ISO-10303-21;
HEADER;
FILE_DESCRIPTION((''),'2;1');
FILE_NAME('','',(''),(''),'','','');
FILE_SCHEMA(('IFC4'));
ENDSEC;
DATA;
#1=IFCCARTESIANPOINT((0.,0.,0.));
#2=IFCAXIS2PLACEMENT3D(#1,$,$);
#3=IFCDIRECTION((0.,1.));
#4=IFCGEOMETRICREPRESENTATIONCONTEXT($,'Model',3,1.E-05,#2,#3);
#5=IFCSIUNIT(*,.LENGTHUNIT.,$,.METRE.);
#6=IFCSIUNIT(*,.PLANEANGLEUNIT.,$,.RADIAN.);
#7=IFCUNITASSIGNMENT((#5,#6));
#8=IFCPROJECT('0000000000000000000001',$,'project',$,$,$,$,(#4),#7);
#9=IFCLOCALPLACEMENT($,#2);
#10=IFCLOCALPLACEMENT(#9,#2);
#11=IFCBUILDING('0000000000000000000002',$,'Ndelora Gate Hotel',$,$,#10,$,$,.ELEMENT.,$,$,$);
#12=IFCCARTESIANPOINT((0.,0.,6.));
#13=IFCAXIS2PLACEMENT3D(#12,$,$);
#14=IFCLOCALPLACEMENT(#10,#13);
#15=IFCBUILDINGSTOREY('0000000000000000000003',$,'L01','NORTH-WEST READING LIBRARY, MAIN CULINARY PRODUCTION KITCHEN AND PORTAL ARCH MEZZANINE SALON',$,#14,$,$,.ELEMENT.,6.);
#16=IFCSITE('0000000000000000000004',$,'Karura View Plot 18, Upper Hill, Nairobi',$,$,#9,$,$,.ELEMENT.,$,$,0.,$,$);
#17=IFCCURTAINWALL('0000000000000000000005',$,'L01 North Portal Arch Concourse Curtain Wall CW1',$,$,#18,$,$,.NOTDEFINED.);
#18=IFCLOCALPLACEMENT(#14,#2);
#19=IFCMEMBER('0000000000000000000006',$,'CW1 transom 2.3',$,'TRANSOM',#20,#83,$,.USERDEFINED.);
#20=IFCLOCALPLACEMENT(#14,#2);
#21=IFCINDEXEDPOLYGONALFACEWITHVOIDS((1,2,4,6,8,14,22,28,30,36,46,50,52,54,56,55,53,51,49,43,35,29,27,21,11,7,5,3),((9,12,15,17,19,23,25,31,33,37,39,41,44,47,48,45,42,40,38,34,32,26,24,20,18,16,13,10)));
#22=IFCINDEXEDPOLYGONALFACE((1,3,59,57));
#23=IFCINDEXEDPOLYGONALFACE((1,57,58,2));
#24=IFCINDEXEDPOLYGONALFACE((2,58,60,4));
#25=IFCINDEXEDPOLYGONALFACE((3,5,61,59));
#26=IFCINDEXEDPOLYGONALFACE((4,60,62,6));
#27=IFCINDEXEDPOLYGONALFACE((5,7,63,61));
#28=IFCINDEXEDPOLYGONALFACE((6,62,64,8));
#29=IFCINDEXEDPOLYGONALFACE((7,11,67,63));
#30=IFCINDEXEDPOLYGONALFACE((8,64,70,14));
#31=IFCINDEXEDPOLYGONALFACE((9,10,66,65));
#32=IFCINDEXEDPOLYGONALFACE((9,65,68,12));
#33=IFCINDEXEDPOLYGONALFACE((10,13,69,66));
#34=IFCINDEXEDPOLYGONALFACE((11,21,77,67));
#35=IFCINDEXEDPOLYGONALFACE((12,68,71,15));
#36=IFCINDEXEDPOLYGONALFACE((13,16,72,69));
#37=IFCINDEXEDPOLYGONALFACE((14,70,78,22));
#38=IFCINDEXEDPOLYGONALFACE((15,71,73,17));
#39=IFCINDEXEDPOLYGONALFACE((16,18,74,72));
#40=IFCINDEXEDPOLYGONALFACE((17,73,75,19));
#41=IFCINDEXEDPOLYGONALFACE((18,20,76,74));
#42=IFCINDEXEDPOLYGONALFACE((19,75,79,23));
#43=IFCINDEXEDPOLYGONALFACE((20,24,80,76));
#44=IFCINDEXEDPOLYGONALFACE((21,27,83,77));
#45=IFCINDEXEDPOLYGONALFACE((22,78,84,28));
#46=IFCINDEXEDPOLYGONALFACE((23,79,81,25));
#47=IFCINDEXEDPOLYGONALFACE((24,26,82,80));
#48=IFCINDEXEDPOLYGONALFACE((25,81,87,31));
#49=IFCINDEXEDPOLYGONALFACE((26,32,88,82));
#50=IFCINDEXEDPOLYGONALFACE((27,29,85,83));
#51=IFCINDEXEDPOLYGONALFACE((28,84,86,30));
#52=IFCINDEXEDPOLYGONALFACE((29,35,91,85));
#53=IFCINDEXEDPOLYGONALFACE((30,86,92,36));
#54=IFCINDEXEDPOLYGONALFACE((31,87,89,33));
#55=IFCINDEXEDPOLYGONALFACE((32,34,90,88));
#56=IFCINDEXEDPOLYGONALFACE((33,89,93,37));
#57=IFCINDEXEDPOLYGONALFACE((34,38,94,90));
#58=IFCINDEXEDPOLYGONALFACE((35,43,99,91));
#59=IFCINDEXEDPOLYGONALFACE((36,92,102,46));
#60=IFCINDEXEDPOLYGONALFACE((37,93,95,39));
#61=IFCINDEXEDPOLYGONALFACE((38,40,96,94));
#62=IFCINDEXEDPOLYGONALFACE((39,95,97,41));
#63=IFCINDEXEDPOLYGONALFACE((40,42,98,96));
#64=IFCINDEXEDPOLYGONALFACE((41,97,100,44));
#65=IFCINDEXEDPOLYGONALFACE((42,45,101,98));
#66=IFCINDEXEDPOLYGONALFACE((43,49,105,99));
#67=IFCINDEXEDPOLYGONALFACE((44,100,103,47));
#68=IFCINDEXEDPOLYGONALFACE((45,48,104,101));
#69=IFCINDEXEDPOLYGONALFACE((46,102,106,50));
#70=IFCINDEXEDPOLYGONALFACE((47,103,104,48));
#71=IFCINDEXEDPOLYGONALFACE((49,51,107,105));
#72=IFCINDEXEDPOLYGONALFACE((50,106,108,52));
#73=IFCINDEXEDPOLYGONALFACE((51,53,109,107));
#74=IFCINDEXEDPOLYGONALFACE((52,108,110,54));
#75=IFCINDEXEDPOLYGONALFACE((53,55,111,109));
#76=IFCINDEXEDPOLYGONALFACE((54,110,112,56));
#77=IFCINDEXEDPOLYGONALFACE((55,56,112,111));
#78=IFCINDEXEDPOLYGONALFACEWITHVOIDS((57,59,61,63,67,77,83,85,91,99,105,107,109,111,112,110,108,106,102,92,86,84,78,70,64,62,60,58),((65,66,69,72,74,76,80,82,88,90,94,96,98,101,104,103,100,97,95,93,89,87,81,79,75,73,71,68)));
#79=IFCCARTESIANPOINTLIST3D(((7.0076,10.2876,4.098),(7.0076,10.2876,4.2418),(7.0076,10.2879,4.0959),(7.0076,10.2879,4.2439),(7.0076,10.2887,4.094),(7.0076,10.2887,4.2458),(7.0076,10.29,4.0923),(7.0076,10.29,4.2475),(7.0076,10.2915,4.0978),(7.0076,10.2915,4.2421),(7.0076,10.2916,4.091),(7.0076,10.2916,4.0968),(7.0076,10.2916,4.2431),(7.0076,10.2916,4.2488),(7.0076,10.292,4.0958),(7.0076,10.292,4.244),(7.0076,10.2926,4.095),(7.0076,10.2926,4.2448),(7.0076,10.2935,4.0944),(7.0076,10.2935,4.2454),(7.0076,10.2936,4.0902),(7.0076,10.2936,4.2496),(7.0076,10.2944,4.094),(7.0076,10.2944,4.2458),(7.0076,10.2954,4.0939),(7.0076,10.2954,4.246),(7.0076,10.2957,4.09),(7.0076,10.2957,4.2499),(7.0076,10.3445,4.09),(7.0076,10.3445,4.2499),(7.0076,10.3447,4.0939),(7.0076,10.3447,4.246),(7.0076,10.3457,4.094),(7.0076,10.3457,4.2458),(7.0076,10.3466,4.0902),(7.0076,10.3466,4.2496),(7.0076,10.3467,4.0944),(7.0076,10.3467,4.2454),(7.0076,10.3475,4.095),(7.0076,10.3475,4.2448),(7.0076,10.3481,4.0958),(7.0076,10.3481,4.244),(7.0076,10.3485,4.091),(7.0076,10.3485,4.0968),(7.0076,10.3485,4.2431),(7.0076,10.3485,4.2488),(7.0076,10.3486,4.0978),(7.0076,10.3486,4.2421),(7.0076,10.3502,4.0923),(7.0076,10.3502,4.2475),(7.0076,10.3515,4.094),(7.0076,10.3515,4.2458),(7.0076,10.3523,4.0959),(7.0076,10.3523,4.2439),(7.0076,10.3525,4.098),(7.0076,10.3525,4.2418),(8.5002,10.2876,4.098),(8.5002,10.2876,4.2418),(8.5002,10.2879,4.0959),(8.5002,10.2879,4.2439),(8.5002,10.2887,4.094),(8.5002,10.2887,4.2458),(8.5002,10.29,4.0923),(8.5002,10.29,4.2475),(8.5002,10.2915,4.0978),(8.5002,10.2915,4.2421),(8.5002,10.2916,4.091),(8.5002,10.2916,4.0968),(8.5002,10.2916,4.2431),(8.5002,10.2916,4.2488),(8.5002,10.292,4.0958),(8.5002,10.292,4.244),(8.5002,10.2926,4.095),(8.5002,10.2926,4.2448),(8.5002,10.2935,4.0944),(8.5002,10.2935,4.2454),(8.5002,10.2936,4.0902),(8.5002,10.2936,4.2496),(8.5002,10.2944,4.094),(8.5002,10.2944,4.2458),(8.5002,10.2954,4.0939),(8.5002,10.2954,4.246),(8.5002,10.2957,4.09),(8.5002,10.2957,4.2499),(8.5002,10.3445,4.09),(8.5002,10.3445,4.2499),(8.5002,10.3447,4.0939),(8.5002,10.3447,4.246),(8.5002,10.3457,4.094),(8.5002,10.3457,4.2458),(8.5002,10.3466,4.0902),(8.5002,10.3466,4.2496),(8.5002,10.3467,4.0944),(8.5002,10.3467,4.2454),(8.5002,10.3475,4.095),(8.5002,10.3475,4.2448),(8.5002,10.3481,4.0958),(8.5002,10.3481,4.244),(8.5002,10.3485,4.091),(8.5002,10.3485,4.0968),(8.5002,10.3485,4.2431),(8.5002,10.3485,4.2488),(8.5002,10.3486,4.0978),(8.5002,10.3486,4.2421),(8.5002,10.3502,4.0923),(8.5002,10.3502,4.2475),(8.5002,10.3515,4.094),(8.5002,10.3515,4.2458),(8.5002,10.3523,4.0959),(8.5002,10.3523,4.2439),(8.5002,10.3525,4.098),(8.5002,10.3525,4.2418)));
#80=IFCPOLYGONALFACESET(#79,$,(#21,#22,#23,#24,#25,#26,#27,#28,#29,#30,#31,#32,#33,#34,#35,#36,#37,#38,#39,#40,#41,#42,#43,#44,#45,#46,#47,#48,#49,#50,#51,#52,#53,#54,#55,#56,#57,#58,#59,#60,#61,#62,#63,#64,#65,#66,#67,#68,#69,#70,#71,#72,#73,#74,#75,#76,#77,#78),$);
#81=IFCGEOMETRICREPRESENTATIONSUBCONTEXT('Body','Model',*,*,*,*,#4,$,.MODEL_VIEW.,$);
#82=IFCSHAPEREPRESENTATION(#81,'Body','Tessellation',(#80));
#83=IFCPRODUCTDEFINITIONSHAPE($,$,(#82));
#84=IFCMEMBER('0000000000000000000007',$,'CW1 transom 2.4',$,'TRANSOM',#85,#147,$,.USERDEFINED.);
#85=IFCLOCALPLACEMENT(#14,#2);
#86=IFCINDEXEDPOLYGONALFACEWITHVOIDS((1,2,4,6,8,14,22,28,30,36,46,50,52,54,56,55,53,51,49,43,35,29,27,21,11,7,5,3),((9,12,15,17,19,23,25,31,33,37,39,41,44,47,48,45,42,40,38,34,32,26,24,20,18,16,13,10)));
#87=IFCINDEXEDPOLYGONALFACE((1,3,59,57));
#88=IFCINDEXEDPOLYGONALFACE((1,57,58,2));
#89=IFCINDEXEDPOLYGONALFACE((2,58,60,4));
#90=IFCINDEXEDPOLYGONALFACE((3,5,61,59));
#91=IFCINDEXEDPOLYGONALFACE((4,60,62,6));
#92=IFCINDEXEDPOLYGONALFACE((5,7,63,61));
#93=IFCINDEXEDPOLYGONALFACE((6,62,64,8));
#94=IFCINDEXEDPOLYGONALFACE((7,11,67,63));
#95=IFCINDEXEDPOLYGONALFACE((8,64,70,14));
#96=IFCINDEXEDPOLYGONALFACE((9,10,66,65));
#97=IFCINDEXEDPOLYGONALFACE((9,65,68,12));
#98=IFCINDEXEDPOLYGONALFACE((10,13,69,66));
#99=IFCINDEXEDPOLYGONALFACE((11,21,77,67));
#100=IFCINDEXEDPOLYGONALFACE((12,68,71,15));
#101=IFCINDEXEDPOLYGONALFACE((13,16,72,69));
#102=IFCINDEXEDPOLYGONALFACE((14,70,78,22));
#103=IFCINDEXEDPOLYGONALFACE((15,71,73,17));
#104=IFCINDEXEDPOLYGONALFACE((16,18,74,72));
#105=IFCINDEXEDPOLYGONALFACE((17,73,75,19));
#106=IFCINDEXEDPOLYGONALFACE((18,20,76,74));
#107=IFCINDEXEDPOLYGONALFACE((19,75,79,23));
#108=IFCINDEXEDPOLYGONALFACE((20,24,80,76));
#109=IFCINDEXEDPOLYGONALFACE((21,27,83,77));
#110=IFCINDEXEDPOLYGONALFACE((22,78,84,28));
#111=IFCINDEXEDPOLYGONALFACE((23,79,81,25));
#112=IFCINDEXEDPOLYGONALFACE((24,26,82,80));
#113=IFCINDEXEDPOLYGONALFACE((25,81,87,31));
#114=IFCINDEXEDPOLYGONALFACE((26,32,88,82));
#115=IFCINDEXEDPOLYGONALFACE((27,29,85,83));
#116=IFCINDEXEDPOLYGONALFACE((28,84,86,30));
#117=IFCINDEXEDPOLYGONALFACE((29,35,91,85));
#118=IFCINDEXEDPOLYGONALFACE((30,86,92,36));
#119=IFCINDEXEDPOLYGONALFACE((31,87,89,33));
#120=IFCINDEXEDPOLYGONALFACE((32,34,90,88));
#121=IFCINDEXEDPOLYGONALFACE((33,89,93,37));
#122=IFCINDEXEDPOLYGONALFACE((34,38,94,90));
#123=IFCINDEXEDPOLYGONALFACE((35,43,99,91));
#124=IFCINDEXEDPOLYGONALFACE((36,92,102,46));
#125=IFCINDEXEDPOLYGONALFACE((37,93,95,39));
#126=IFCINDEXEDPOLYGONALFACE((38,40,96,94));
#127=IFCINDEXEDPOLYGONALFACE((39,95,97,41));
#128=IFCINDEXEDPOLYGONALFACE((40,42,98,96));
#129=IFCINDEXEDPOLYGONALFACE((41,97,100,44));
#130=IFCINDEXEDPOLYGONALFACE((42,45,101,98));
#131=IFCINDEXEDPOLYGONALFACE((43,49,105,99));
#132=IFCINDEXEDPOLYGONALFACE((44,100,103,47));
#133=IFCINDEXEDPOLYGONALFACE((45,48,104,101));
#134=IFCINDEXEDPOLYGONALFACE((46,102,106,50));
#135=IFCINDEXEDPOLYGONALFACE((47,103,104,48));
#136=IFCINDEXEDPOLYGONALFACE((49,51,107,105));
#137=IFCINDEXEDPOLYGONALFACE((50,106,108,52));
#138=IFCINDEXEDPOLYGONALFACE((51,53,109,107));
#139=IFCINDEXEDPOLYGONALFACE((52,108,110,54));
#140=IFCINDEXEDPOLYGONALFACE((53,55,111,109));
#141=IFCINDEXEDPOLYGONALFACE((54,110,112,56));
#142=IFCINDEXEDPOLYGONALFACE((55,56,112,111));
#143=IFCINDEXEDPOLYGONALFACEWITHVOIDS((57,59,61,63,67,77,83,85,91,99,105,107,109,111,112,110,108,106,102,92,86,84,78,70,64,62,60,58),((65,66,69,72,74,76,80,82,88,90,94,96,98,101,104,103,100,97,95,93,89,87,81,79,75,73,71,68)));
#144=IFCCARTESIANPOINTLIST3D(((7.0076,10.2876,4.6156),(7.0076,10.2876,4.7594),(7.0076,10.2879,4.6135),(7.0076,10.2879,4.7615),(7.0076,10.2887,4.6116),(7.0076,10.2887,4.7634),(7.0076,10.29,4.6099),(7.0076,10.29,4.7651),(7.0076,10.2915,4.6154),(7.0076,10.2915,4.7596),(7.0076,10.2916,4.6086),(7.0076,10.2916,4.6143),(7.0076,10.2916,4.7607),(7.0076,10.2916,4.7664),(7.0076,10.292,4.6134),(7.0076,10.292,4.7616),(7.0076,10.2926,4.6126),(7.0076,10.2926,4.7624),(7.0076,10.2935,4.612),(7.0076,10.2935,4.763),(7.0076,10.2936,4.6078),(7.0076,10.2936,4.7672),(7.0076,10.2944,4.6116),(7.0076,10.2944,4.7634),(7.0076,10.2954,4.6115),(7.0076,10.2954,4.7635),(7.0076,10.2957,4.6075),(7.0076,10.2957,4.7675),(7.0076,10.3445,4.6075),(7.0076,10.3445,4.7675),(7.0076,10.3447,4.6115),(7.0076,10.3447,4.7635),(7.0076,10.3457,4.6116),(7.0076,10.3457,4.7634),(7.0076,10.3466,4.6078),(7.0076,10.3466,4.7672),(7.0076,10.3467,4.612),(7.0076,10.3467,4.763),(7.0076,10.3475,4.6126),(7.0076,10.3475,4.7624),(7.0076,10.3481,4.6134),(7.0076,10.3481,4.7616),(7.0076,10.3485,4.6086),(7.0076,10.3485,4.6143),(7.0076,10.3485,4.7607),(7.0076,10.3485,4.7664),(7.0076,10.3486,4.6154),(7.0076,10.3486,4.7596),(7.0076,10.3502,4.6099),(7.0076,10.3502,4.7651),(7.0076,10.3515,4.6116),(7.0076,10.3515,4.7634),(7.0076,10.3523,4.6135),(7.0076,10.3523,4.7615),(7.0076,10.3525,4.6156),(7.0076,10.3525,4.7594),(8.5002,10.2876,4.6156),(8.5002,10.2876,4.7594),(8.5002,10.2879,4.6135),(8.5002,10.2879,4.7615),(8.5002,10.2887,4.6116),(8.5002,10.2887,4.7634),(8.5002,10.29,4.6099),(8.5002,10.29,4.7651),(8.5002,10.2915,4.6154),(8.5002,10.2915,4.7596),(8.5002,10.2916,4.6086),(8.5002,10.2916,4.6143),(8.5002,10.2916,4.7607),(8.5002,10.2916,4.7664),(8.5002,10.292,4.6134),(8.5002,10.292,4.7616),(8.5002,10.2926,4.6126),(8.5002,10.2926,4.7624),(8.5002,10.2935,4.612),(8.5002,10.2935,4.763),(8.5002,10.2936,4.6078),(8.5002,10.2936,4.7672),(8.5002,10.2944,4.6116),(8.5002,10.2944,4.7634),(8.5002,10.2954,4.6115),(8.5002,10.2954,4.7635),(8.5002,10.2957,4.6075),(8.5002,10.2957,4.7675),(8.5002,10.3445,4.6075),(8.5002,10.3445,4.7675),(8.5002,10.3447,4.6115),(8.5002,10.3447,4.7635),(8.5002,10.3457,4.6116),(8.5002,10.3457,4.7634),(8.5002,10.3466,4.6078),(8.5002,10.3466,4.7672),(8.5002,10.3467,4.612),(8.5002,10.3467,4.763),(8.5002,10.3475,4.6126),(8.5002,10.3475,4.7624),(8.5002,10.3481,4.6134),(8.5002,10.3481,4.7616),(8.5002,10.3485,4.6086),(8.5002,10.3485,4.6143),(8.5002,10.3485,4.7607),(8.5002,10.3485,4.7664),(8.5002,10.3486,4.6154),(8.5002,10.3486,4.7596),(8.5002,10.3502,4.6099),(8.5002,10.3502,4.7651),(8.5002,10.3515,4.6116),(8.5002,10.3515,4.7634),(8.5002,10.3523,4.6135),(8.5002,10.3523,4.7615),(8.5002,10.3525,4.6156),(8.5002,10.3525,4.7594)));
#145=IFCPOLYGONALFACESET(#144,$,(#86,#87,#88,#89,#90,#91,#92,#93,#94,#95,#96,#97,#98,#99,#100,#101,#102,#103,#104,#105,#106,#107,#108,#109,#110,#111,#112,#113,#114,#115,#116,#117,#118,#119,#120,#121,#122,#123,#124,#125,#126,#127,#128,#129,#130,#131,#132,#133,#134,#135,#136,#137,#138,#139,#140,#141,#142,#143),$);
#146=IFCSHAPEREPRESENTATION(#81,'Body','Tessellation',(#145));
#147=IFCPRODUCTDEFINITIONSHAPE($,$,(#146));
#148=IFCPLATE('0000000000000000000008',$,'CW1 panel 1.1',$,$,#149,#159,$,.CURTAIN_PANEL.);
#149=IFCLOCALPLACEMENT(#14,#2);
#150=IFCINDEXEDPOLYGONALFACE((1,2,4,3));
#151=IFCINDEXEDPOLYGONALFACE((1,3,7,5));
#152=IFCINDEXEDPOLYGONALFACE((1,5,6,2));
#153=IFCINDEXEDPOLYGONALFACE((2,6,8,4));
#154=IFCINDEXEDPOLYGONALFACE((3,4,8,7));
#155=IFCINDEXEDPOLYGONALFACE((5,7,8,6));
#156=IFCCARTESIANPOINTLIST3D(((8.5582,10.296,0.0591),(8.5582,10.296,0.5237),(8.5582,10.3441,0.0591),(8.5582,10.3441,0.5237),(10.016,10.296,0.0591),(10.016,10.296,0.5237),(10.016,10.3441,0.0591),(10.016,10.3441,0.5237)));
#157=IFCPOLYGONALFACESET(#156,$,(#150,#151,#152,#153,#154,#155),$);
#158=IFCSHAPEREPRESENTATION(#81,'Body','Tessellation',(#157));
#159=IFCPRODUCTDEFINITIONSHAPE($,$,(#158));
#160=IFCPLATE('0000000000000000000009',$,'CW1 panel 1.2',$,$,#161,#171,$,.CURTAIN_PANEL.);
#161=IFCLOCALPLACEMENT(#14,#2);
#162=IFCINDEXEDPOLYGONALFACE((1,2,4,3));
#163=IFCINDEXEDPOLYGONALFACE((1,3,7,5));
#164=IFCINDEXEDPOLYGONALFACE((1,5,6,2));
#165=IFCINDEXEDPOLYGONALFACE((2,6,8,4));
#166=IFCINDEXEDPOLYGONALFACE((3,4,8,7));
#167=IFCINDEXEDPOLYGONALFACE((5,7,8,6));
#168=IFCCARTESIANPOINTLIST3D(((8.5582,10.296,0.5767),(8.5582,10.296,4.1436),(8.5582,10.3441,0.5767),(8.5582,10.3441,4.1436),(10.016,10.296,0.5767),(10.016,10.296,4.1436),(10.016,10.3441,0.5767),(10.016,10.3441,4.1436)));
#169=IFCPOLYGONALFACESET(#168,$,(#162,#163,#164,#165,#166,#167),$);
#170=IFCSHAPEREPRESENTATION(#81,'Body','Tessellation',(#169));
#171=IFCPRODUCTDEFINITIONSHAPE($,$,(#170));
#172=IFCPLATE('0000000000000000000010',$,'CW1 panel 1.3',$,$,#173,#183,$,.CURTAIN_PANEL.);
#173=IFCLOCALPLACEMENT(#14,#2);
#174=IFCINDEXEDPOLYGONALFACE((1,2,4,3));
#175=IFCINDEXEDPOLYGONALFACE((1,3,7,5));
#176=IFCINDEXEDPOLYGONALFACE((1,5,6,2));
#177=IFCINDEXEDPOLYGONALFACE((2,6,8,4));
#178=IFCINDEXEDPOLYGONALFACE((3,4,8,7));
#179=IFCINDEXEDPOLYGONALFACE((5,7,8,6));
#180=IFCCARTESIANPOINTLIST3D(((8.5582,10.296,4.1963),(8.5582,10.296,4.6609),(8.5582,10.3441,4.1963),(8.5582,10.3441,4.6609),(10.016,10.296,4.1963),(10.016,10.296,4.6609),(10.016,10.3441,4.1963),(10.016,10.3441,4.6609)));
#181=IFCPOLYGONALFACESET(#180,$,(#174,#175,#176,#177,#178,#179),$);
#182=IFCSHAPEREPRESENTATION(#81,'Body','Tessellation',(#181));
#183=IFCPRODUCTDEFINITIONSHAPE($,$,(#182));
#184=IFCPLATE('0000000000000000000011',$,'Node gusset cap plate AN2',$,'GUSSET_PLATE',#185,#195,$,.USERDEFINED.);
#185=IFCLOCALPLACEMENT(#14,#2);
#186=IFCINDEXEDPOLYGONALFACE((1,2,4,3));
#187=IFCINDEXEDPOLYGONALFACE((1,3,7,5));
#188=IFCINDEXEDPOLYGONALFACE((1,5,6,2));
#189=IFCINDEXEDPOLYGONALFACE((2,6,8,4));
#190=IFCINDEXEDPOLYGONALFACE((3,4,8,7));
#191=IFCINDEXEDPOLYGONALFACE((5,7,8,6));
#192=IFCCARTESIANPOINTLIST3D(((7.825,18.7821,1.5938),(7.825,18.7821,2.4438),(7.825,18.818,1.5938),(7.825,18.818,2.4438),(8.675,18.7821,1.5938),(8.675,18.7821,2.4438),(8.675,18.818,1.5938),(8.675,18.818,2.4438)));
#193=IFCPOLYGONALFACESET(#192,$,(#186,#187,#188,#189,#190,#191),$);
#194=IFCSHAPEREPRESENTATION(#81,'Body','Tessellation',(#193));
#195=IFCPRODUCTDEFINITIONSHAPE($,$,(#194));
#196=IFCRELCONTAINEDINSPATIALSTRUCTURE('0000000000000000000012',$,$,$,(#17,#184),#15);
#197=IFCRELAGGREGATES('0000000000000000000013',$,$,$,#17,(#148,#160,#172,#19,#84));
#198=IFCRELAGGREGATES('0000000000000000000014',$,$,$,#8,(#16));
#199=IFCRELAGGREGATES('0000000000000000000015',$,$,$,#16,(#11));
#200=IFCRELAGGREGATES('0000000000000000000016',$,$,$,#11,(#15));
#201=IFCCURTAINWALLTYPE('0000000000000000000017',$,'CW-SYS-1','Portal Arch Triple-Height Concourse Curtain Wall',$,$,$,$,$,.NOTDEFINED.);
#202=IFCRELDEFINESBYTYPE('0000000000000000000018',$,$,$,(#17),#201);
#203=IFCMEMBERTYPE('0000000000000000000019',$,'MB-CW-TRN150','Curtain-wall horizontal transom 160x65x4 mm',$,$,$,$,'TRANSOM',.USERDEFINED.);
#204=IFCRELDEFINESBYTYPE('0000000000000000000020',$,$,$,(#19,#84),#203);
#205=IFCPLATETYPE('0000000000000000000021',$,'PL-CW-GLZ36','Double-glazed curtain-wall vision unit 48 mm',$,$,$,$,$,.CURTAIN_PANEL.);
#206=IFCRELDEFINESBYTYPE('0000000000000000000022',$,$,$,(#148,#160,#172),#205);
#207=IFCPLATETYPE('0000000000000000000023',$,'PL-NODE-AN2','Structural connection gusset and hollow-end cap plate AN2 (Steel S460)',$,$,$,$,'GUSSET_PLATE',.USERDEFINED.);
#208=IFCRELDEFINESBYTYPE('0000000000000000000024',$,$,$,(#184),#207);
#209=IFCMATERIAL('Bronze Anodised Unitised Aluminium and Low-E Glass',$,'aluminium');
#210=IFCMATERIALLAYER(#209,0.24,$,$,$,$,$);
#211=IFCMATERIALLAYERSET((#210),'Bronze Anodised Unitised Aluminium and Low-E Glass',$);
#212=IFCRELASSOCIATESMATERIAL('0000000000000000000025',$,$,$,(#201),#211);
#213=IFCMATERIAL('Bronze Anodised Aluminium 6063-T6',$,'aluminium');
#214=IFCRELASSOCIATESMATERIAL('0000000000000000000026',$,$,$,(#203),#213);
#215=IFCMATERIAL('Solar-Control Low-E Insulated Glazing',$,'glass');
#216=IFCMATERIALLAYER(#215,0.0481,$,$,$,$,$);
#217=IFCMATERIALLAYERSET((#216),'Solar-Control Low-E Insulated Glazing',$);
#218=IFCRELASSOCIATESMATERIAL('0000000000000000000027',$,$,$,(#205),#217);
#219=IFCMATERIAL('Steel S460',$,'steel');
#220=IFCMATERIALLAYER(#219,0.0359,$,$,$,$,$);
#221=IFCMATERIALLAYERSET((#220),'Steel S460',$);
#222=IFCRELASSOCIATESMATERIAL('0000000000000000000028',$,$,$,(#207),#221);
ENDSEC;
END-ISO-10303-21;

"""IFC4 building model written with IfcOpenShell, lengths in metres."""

from ifc_helpers import new_model, si_unit, direction, frame, origin, origin_2d, place, context, subcontext, project, spatial, rectangle, hollow_rectangle, extrude, material, layer, layer_set, material_profile, profile_set, type_object, element, aggregate, save


model = new_model("IFC4")

# Units and contexts
model_context = context("Model", 3, precision=1e-05, world=origin(), true_north=direction((0.0, 1.0)))
body_context = subcontext(model_context, "Body", "Model", "MODEL_VIEW")
ifc_project = project(units=[si_unit("LENGTHUNIT", "METRE"), si_unit("PLANEANGLEUNIT", "RADIAN")], contexts=[model_context])

# Site, building, storey
site_placement = place(None, origin())
site = spatial("IfcSite", under=ifc_project, at=site_placement, Name="Karura View Plot 18, Upper Hill, Nairobi", CompositionType="ELEMENT", RefElevation=0.0)
building_placement = place(site_placement, origin())
building = spatial("IfcBuilding", under=site, at=building_placement, Name="Ndelora Gate Hotel", CompositionType="ELEMENT")
storey_placement = place(building_placement, frame((0.0, 0.0, 6.0)))
storey = spatial("IfcBuildingStorey", under=building, at=storey_placement, Name="L01", Description="NORTH-WEST READING LIBRARY, MAIN CULINARY PRODUCTION KITCHEN AND PORTAL ARCH MEZZANINE SALON", CompositionType="ELEMENT", Elevation=6.0)

# Curtain wall, members, plates
ifc_material_1 = material(Name="Bronze Anodised Unitised Aluminium and Low-E Glass", Category="aluminium")
ifc_layer_1 = layer(ifc_material_1, 0.24)
ifc_layer_set_1 = layer_set([ifc_layer_1], Name="Bronze Anodised Unitised Aluminium and Low-E Glass")
curtain_wall_type = type_object("IfcCurtainWallType", Name="CW-SYS-1", Description="Portal Arch Triple-Height Concourse Curtain Wall", PredefinedType="NOTDEFINED", material=ifc_layer_set_1)
curtain_wall_placement = place(storey_placement, origin())
curtain_wall = element("IfcCurtainWall", 1, at=curtain_wall_placement, inside=storey, type_object=curtain_wall_type, Name="L01 North Portal Arch Concourse Curtain Wall CW1", PredefinedType="NOTDEFINED")
ifc_material_2 = material(Name="Bronze Anodised Aluminium 6063-T6", Category="aluminium")
ifc_material_profile_1 = material_profile(ifc_material_2, hollow_rectangle(XDim=0.0649, YDim=0.1599, WallThickness=0.0039, InnerFilletRadius=0.0039, OuterFilletRadius=0.0081, at=origin_2d()), Name="ALU 160x65x4")
ifc_profile_set_1 = profile_set([ifc_material_profile_1], Name="Bronze Anodised Aluminium 6063-T6")
member_type_1 = type_object("IfcMemberType", Name="MB-CW-TRN150", Description="Curtain-wall horizontal transom 160x65x4 mm", ElementType="TRANSOM", PredefinedType="USERDEFINED", material=ifc_profile_set_1)
member_1_placement = place(storey_placement, frame((8.5002, 10.3201, 4.1699), z_axis=(-1.0, 0.0, 0.0), x_axis=(0.0, -1.0, 0.0)))
member_1 = element("IfcMember", 2, at=member_1_placement, type_object=member_type_1, Name="CW1 transom 2.3", ObjectType="TRANSOM", PredefinedType="USERDEFINED", context=body_context, shape_type="SweptSolid", body=[
    extrude(hollow_rectangle(XDim=0.0649, YDim=0.1599, WallThickness=0.0039, InnerFilletRadius=0.0039, OuterFilletRadius=0.0081, at=origin_2d()), origin(), (0.0, 0.0, 1.0), 1.4927),
])
member_2_placement = place(storey_placement, frame((8.5002, 10.3201, 4.6875), z_axis=(-1.0, 0.0, 0.0), x_axis=(0.0, -1.0, 0.0)))
member_2 = element("IfcMember", 3, at=member_2_placement, type_object=member_type_1, Name="CW1 transom 2.4", ObjectType="TRANSOM", PredefinedType="USERDEFINED", context=body_context, shape_type="SweptSolid", body=[
    extrude(hollow_rectangle(XDim=0.0649, YDim=0.1599, WallThickness=0.0039, InnerFilletRadius=0.0039, OuterFilletRadius=0.0081, at=origin_2d()), origin(), (0.0, 0.0, 1.0), 1.4927),
])
ifc_material_3 = material(Name="Solar-Control Low-E Insulated Glazing", Category="glass")
ifc_layer_2 = layer(ifc_material_3, 0.0481)
ifc_layer_set_2 = layer_set([ifc_layer_2], Name="Solar-Control Low-E Insulated Glazing")
plate_type_1 = type_object("IfcPlateType", Name="PL-CW-GLZ36", Description="Double-glazed curtain-wall vision unit 48 mm", PredefinedType="CURTAIN_PANEL", material=ifc_layer_set_2)
plate_1_placement = place(storey_placement, frame((9.2871, 10.3201, 0.0591), z_axis=(0.0, 0.0, 1.0), x_axis=(-1.0, 0.0, 0.0)))
plate_1 = element("IfcPlate", 4, at=plate_1_placement, type_object=plate_type_1, Name="CW1 panel 1.1", PredefinedType="CURTAIN_PANEL", context=body_context, shape_type="SweptSolid", body=[
    extrude(rectangle(XDim=1.4578, YDim=0.0481, at=origin_2d()), origin(), (0.0, 0.0, 1.0), 0.4646),
])
plate_2_placement = place(storey_placement, frame((9.2871, 10.3201, 0.5767), z_axis=(0.0, 0.0, 1.0), x_axis=(-1.0, 0.0, 0.0)))
plate_2 = element("IfcPlate", 5, at=plate_2_placement, type_object=plate_type_1, Name="CW1 panel 1.2", PredefinedType="CURTAIN_PANEL", context=body_context, shape_type="SweptSolid", body=[
    extrude(rectangle(XDim=1.4578, YDim=0.0481, at=origin_2d()), origin(), (0.0, 0.0, 1.0), 3.5669),
])
plate_3_placement = place(storey_placement, frame((9.2871, 10.3201, 4.1963), z_axis=(0.0, 0.0, 1.0), x_axis=(-1.0, 0.0, 0.0)))
plate_3 = element("IfcPlate", 6, at=plate_3_placement, type_object=plate_type_1, Name="CW1 panel 1.3", PredefinedType="CURTAIN_PANEL", context=body_context, shape_type="SweptSolid", body=[
    extrude(rectangle(XDim=1.4578, YDim=0.0481, at=origin_2d()), origin(), (0.0, 0.0, 1.0), 0.4646),
])
aggregate(curtain_wall, [plate_1, plate_2, plate_3, member_1, member_2])

# Plate
ifc_material_4 = material(Name="Steel S460", Category="steel")
ifc_layer_3 = layer(ifc_material_4, 0.0359)
ifc_layer_set_3 = layer_set([ifc_layer_3], Name="Steel S460")
plate_type_2 = type_object("IfcPlateType", Name="PL-NODE-AN2", Description="Structural connection gusset and hollow-end cap plate AN2 (Steel S460)", ElementType="GUSSET_PLATE", PredefinedType="USERDEFINED", material=ifc_layer_set_3)
plate_4_placement = place(storey_placement, frame((8.25, 18.8, 1.5938), z_axis=(0.0, 0.0, 1.0), x_axis=(1.0, 0.0, 0.0)))
element("IfcPlate", 7, at=plate_4_placement, inside=storey, type_object=plate_type_2, Name="Node gusset cap plate AN2", ObjectType="GUSSET_PLATE", PredefinedType="USERDEFINED", context=body_context, shape_type="SweptSolid", body=[
    extrude(rectangle(XDim=0.8501, YDim=0.0359, at=origin_2d()), origin(), (0.0, 0.0, 1.0), 0.8501),
])

save(model, "model.ifc")
